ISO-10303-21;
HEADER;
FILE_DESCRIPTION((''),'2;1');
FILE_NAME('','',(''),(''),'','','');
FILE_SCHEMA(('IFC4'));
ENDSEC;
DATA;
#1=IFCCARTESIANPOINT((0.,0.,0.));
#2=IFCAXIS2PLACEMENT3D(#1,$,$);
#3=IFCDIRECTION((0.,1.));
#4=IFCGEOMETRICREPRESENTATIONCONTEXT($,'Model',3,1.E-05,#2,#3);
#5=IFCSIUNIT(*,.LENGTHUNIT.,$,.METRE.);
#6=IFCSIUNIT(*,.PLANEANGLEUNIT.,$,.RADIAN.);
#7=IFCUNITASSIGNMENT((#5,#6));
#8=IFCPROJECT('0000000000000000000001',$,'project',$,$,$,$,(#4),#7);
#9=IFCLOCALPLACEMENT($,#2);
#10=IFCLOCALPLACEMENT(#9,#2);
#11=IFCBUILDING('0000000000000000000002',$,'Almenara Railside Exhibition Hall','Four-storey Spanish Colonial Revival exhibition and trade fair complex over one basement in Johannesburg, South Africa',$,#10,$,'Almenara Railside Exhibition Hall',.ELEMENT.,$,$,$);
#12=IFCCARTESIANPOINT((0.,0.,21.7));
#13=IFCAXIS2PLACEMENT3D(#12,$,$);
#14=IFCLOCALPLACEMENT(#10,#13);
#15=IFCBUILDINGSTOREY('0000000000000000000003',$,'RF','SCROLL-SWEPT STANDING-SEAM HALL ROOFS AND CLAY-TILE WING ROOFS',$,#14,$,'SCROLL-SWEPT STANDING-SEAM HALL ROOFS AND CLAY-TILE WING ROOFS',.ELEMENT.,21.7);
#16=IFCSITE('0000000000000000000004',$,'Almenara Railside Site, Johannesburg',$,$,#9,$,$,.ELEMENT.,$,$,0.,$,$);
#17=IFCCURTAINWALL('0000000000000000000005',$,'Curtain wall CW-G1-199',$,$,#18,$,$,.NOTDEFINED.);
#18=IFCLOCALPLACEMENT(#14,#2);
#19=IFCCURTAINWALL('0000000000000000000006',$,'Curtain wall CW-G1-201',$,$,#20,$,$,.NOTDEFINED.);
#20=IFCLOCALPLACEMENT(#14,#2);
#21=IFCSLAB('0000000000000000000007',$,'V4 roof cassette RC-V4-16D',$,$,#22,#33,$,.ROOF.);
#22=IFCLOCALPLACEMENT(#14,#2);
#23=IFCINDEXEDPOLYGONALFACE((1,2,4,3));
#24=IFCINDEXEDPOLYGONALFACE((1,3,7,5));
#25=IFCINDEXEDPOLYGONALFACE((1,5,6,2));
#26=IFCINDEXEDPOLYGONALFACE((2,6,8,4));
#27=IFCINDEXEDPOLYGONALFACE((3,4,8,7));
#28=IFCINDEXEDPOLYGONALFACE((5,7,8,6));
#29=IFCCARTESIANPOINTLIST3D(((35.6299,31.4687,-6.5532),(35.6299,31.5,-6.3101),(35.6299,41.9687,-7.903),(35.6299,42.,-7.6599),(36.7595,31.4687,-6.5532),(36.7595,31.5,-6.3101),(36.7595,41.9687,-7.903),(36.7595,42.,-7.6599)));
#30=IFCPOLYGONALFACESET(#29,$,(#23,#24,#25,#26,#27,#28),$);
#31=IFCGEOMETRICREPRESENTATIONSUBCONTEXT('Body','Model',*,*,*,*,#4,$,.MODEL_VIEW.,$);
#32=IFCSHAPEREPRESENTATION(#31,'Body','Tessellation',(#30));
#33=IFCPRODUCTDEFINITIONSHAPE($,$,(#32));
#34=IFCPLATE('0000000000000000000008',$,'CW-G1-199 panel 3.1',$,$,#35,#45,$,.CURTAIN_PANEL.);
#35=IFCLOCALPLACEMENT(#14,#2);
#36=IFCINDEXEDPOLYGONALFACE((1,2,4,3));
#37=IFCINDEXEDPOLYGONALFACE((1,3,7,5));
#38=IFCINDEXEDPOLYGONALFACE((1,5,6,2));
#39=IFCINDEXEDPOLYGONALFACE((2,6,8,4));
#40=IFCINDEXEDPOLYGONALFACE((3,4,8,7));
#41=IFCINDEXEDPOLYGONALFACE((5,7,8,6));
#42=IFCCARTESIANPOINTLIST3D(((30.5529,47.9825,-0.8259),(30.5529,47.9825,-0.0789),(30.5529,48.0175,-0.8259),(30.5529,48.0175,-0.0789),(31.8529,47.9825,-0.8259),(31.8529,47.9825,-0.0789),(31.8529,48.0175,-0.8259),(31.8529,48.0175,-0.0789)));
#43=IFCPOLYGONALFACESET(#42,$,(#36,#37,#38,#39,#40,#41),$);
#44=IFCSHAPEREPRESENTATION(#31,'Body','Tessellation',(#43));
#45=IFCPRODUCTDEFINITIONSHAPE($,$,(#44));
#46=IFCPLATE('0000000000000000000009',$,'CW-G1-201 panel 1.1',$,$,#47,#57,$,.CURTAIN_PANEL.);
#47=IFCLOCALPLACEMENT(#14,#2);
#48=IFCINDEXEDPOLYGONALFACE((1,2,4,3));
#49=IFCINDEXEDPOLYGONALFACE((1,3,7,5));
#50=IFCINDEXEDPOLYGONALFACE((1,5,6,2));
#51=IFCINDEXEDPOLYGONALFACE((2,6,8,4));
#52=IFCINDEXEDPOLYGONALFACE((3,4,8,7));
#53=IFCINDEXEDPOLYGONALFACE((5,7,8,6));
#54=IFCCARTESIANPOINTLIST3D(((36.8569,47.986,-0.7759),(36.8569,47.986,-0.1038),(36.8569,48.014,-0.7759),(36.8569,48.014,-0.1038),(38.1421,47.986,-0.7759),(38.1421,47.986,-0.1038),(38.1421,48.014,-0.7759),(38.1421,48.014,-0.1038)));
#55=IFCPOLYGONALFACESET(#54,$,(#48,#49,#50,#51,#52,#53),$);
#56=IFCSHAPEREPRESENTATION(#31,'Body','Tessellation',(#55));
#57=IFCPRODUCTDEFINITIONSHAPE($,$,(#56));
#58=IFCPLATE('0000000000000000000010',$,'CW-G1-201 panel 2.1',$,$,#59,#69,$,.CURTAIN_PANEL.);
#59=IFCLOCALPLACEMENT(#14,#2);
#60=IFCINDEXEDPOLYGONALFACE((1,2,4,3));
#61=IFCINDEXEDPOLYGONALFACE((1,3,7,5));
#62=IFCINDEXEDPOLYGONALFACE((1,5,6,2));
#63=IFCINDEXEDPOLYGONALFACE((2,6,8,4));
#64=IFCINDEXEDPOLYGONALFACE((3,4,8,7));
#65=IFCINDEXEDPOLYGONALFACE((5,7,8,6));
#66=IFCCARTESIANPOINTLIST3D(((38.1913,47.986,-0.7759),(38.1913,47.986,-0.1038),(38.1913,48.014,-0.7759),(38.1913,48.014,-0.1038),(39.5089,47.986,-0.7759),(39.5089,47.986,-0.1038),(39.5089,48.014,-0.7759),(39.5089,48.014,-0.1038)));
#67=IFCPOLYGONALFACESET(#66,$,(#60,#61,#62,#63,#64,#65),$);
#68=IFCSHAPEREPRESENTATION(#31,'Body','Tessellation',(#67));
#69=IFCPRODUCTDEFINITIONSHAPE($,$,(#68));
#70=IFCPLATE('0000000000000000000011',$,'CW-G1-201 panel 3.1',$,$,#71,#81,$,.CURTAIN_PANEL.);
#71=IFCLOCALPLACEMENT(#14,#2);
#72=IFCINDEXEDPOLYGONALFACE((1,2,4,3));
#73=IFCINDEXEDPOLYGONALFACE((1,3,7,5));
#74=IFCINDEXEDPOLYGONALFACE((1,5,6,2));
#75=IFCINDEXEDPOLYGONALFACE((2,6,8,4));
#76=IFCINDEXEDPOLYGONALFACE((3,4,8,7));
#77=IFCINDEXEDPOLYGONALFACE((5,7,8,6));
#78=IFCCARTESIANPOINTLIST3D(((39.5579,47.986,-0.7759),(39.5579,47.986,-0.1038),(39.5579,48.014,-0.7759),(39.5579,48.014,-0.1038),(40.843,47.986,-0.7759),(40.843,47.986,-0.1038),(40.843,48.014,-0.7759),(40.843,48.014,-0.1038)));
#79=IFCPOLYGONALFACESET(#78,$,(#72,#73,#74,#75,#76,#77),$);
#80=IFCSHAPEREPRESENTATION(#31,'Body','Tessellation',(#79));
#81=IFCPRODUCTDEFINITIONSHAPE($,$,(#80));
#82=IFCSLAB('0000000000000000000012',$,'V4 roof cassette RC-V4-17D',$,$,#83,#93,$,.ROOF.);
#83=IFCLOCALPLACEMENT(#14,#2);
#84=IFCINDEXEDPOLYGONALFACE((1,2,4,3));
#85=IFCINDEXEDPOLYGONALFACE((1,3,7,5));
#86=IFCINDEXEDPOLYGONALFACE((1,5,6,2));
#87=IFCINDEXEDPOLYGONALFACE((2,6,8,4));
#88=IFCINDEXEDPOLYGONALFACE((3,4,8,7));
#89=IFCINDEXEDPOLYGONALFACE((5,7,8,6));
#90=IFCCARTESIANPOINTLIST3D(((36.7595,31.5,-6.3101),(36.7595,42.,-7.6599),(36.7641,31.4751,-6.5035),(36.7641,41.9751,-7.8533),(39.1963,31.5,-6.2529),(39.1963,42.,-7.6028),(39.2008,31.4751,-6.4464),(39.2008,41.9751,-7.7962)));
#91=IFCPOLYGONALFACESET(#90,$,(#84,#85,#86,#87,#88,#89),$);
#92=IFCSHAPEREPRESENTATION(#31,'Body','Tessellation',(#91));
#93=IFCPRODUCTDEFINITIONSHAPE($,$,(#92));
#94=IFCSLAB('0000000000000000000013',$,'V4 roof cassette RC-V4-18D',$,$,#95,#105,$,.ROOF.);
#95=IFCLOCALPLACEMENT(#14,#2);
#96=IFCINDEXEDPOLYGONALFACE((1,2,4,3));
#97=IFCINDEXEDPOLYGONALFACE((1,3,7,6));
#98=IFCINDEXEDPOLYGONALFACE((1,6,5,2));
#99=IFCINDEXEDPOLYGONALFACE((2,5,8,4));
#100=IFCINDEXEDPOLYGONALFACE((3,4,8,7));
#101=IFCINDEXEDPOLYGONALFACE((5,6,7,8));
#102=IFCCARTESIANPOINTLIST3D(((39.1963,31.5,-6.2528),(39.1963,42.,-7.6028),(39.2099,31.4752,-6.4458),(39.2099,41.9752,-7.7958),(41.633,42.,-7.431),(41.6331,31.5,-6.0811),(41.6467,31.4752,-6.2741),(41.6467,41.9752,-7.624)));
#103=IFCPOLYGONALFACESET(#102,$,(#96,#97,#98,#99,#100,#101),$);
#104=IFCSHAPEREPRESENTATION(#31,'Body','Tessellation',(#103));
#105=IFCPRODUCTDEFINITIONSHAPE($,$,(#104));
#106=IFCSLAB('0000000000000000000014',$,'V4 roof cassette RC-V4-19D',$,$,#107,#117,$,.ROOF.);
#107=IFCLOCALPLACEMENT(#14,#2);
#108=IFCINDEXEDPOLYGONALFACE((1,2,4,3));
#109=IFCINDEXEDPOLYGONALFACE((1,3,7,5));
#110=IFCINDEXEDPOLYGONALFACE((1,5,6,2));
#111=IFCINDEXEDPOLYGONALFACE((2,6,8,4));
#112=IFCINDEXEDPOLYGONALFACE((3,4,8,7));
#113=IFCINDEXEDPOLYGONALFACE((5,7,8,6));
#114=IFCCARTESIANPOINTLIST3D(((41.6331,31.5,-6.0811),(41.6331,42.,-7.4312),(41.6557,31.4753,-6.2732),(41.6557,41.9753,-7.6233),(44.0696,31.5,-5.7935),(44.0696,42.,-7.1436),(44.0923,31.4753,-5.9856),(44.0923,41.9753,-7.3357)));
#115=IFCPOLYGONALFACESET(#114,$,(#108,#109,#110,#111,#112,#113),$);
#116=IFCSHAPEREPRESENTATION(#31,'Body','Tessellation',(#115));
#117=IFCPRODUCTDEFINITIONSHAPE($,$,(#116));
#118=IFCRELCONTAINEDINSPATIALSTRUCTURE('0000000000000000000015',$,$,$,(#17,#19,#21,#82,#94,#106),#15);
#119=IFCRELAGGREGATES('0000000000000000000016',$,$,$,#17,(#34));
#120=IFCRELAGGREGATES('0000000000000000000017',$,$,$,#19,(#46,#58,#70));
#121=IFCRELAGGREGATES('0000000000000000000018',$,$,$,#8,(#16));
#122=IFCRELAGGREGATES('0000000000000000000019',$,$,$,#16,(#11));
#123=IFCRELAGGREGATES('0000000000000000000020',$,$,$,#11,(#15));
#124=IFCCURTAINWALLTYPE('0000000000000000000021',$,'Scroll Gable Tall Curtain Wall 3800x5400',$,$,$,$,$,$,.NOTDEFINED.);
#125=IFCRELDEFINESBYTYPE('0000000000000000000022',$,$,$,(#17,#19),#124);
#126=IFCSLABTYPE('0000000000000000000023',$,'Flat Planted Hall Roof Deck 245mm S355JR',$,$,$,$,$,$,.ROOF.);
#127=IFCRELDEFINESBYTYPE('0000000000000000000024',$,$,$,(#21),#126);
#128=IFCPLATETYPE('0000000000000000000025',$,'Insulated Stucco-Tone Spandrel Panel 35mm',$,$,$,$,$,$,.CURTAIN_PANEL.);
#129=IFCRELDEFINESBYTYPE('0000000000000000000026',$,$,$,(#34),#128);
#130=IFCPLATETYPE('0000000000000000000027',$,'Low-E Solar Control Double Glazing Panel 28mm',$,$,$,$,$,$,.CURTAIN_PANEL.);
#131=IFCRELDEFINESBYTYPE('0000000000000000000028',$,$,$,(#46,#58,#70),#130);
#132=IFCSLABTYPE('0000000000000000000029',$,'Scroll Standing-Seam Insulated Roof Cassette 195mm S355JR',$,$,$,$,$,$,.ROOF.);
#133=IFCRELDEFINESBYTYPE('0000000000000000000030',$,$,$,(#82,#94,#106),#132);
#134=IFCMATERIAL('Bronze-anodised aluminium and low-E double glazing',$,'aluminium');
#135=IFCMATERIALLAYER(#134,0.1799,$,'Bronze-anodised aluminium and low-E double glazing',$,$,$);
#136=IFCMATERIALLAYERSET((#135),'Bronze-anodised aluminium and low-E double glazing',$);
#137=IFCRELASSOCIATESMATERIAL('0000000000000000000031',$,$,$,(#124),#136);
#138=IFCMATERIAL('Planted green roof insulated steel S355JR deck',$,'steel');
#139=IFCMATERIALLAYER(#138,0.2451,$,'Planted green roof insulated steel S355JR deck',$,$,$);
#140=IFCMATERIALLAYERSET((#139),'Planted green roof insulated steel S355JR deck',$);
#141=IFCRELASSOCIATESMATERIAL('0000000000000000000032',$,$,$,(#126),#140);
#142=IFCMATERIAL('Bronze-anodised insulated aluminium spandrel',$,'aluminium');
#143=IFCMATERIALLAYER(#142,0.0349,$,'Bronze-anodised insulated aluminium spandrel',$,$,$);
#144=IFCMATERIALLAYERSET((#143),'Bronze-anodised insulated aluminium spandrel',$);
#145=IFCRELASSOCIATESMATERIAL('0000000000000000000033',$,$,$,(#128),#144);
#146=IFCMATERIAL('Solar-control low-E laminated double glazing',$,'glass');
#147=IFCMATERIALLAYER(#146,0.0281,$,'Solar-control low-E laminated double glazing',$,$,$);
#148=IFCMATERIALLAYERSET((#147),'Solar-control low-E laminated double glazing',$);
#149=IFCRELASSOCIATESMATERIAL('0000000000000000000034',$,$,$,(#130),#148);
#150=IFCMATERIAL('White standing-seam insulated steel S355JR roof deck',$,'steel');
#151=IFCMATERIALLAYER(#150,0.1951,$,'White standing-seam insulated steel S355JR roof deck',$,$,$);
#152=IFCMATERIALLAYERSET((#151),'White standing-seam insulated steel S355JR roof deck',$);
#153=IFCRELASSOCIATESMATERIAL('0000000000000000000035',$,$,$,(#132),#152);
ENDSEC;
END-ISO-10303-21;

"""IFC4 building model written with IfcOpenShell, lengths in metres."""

from ifc_helpers import new_model, si_unit, direction, frame, origin, origin_2d, place, context, subcontext, project, spatial, polyline, rectangle, outline, extrude, material, layer, layer_set, type_object, element, aggregate, save


model = new_model("IFC4")

# Units and contexts
model_context = context("Model", 3, precision=1e-05, world=origin(), true_north=direction((0.0, 1.0)))
body_context = subcontext(model_context, "Body", "Model", "MODEL_VIEW")
ifc_project = project(units=[si_unit("LENGTHUNIT", "METRE"), si_unit("PLANEANGLEUNIT", "RADIAN")], contexts=[model_context])

# Site, building, storey
site_placement = place(None, origin())
site = spatial("IfcSite", under=ifc_project, at=site_placement, Name="Almenara Railside Site, Johannesburg", CompositionType="ELEMENT", RefElevation=0.0)
building_placement = place(site_placement, origin())
building = spatial("IfcBuilding", under=site, at=building_placement, Name="Almenara Railside Exhibition Hall", Description="Four-storey Spanish Colonial Revival exhibition and trade fair complex over one basement in Johannesburg, South Africa", LongName="Almenara Railside Exhibition Hall", CompositionType="ELEMENT")
storey_placement = place(building_placement, frame((0.0, 0.0, 21.7)))
storey = spatial("IfcBuildingStorey", under=building, at=storey_placement, Name="RF", Description="SCROLL-SWEPT STANDING-SEAM HALL ROOFS AND CLAY-TILE WING ROOFS", LongName="SCROLL-SWEPT STANDING-SEAM HALL ROOFS AND CLAY-TILE WING ROOFS", CompositionType="ELEMENT", Elevation=21.7)

# Curtain walls
ifc_material_1 = material(Name="Bronze-anodised aluminium and low-E double glazing", Category="aluminium")
ifc_layer_1 = layer(ifc_material_1, 0.1799, Name="Bronze-anodised aluminium and low-E double glazing")
ifc_layer_set_1 = layer_set([ifc_layer_1], Name="Bronze-anodised aluminium and low-E double glazing")
curtain_wall_type = type_object("IfcCurtainWallType", Name="Scroll Gable Tall Curtain Wall 3800x5400", PredefinedType="NOTDEFINED", material=ifc_layer_set_1)
curtain_wall_1_placement = place(storey_placement, origin())
curtain_wall_1 = element("IfcCurtainWall", 1, at=curtain_wall_1_placement, inside=storey, type_object=curtain_wall_type, Name="Curtain wall CW-G1-199", PredefinedType="NOTDEFINED")
curtain_wall_2_placement = place(storey_placement, origin())
curtain_wall_2 = element("IfcCurtainWall", 2, at=curtain_wall_2_placement, inside=storey, type_object=curtain_wall_type, Name="Curtain wall CW-G1-201", PredefinedType="NOTDEFINED")

# Slab
ifc_material_2 = material(Name="Planted green roof insulated steel S355JR deck", Category="steel")
ifc_layer_2 = layer(ifc_material_2, 0.2451, Name="Planted green roof insulated steel S355JR deck")
ifc_layer_set_2 = layer_set([ifc_layer_2], Name="Planted green roof insulated steel S355JR deck")
slab_type_1 = type_object("IfcSlabType", Name="Flat Planted Hall Roof Deck 245mm S355JR", PredefinedType="ROOF", material=ifc_layer_set_2)
slab_1_placement = place(storey_placement, frame((35.6299, 42.0, -7.6599), z_axis=(0.0, 0.127508, 0.991838), x_axis=(1.0, 0.0, 0.0)))
element("IfcSlab", 3, at=slab_1_placement, inside=storey, type_object=slab_type_1, Name="V4 roof cassette RC-V4-16D", PredefinedType="ROOF", context=body_context, shape_type="SweptSolid", body=[
    extrude(outline(polyline([(0.0, 0.0), (1.1296, 0.0), (1.1296, -10.5864), (0.0, -10.5864), (0.0, 0.0)])), origin(), (0.0, 0.0, -1.0), 0.2451),
])

# Plates
ifc_material_3 = material(Name="Bronze-anodised insulated aluminium spandrel", Category="aluminium")
ifc_layer_3 = layer(ifc_material_3, 0.0349, Name="Bronze-anodised insulated aluminium spandrel")
ifc_layer_set_3 = layer_set([ifc_layer_3], Name="Bronze-anodised insulated aluminium spandrel")
plate_type_1 = type_object("IfcPlateType", Name="Insulated Stucco-Tone Spandrel Panel 35mm", PredefinedType="CURTAIN_PANEL", material=ifc_layer_set_3)
plate_1_placement = place(storey_placement, frame((31.2029, 48.0, -0.8259), z_axis=(0.0, 0.0, 1.0), x_axis=(1.0, 0.0, 0.0)))
plate_1 = element("IfcPlate", 4, at=plate_1_placement, type_object=plate_type_1, Name="CW-G1-199 panel 3.1", PredefinedType="CURTAIN_PANEL", context=body_context, shape_type="SweptSolid", body=[
    extrude(rectangle(XDim=1.3, YDim=0.0349, at=origin_2d()), origin(), (0.0, 0.0, 1.0), 0.7471),
])
aggregate(curtain_wall_1, [plate_1])
ifc_material_4 = material(Name="Solar-control low-E laminated double glazing", Category="glass")
ifc_layer_4 = layer(ifc_material_4, 0.0281, Name="Solar-control low-E laminated double glazing")
ifc_layer_set_4 = layer_set([ifc_layer_4], Name="Solar-control low-E laminated double glazing")
plate_type_2 = type_object("IfcPlateType", Name="Low-E Solar Control Double Glazing Panel 28mm", PredefinedType="CURTAIN_PANEL", material=ifc_layer_set_4)
plate_2_placement = place(storey_placement, frame((37.4995, 48.0, -0.7759), z_axis=(0.0, 0.0, 1.0), x_axis=(1.0, 0.0, 0.0)))
plate_2 = element("IfcPlate", 5, at=plate_2_placement, type_object=plate_type_2, Name="CW-G1-201 panel 1.1", PredefinedType="CURTAIN_PANEL", context=body_context, shape_type="SweptSolid", body=[
    extrude(rectangle(XDim=1.2852, YDim=0.0281, at=origin_2d()), origin(), (0.0, 0.0, 1.0), 0.6721),
])
plate_3_placement = place(storey_placement, frame((38.8501, 48.0, -0.7759), z_axis=(0.0, 0.0, 1.0), x_axis=(1.0, 0.0, 0.0)))
plate_3 = element("IfcPlate", 6, at=plate_3_placement, type_object=plate_type_2, Name="CW-G1-201 panel 2.1", PredefinedType="CURTAIN_PANEL", context=body_context, shape_type="SweptSolid", body=[
    extrude(rectangle(XDim=1.3176, YDim=0.0281, at=origin_2d()), origin(), (0.0, 0.0, 1.0), 0.6721),
])
plate_4_placement = place(storey_placement, frame((40.2004, 48.0, -0.7759), z_axis=(0.0, 0.0, 1.0), x_axis=(1.0, 0.0, 0.0)))
plate_4 = element("IfcPlate", 7, at=plate_4_placement, type_object=plate_type_2, Name="CW-G1-201 panel 3.1", PredefinedType="CURTAIN_PANEL", context=body_context, shape_type="SweptSolid", body=[
    extrude(rectangle(XDim=1.2852, YDim=0.0281, at=origin_2d()), origin(), (0.0, 0.0, 1.0), 0.6721),
])
aggregate(curtain_wall_2, [plate_2, plate_3, plate_4])

# Slabs
ifc_material_5 = material(Name="White standing-seam insulated steel S355JR roof deck", Category="steel")
ifc_layer_5 = layer(ifc_material_5, 0.1951, Name="White standing-seam insulated steel S355JR roof deck")
ifc_layer_set_5 = layer_set([ifc_layer_5], Name="White standing-seam insulated steel S355JR roof deck")
slab_type_2 = type_object("IfcSlabType", Name="Scroll Standing-Seam Insulated Roof Cassette 195mm S355JR", PredefinedType="ROOF", material=ifc_layer_set_5)
slab_2_placement = place(storey_placement, frame((36.7595, 42.0, -7.6599), z_axis=(-0.023247, 0.127474, 0.991569), x_axis=(0.999725, 0.0, 0.023438)))
element("IfcSlab", 8, at=slab_2_placement, inside=storey, type_object=slab_type_2, Name="V4 roof cassette RC-V4-17D", PredefinedType="ROOF", context=body_context, shape_type="SweptSolid", body=[
    extrude(outline(polyline([(0.0, 0.0), (2.4374, 0.0), (2.4691, -10.5864), (0.0316, -10.5864), (0.0, 0.0)])), origin(), (0.0, 0.0, -1.0), 0.1951),
])
slab_3_placement = place(storey_placement, frame((39.1963, 42.0, -7.6028), z_axis=(-0.069738, 0.127209, 0.989421), x_axis=(0.997525, 0.000006, 0.070309)))
element("IfcSlab", 9, at=slab_3_placement, inside=storey, type_object=slab_type_2, Name="V4 roof cassette RC-V4-18D", PredefinedType="ROOF", context=body_context, shape_type="SweptSolid", body=[
    extrude(outline(polyline([(0.0, 0.0), (2.4428, 0.0), (2.5377, -10.586), (0.0948, -10.586), (0.0, 0.0)])), origin(), (0.0, 0.0, -1.0), 0.1951),
])
slab_4_placement = place(storey_placement, frame((41.6331, 42.0, -7.4312), z_axis=(-0.116278, 0.126666, 0.985107), x_axis=(0.993106, 0.0, 0.117222)))
element("IfcSlab", 10, at=slab_4_placement, inside=storey, type_object=slab_type_2, Name="V4 roof cassette RC-V4-19D", PredefinedType="ROOF", context=body_context, shape_type="SweptSolid", body=[
    extrude(outline(polyline([(0.0, 0.0), (2.4534, 0.0), (2.6117, -10.5853), (0.1583, -10.5853), (0.0, 0.0)])), origin(), (0.0, 0.0, -1.0), 0.1951),
])

save(model, "model.ifc")
